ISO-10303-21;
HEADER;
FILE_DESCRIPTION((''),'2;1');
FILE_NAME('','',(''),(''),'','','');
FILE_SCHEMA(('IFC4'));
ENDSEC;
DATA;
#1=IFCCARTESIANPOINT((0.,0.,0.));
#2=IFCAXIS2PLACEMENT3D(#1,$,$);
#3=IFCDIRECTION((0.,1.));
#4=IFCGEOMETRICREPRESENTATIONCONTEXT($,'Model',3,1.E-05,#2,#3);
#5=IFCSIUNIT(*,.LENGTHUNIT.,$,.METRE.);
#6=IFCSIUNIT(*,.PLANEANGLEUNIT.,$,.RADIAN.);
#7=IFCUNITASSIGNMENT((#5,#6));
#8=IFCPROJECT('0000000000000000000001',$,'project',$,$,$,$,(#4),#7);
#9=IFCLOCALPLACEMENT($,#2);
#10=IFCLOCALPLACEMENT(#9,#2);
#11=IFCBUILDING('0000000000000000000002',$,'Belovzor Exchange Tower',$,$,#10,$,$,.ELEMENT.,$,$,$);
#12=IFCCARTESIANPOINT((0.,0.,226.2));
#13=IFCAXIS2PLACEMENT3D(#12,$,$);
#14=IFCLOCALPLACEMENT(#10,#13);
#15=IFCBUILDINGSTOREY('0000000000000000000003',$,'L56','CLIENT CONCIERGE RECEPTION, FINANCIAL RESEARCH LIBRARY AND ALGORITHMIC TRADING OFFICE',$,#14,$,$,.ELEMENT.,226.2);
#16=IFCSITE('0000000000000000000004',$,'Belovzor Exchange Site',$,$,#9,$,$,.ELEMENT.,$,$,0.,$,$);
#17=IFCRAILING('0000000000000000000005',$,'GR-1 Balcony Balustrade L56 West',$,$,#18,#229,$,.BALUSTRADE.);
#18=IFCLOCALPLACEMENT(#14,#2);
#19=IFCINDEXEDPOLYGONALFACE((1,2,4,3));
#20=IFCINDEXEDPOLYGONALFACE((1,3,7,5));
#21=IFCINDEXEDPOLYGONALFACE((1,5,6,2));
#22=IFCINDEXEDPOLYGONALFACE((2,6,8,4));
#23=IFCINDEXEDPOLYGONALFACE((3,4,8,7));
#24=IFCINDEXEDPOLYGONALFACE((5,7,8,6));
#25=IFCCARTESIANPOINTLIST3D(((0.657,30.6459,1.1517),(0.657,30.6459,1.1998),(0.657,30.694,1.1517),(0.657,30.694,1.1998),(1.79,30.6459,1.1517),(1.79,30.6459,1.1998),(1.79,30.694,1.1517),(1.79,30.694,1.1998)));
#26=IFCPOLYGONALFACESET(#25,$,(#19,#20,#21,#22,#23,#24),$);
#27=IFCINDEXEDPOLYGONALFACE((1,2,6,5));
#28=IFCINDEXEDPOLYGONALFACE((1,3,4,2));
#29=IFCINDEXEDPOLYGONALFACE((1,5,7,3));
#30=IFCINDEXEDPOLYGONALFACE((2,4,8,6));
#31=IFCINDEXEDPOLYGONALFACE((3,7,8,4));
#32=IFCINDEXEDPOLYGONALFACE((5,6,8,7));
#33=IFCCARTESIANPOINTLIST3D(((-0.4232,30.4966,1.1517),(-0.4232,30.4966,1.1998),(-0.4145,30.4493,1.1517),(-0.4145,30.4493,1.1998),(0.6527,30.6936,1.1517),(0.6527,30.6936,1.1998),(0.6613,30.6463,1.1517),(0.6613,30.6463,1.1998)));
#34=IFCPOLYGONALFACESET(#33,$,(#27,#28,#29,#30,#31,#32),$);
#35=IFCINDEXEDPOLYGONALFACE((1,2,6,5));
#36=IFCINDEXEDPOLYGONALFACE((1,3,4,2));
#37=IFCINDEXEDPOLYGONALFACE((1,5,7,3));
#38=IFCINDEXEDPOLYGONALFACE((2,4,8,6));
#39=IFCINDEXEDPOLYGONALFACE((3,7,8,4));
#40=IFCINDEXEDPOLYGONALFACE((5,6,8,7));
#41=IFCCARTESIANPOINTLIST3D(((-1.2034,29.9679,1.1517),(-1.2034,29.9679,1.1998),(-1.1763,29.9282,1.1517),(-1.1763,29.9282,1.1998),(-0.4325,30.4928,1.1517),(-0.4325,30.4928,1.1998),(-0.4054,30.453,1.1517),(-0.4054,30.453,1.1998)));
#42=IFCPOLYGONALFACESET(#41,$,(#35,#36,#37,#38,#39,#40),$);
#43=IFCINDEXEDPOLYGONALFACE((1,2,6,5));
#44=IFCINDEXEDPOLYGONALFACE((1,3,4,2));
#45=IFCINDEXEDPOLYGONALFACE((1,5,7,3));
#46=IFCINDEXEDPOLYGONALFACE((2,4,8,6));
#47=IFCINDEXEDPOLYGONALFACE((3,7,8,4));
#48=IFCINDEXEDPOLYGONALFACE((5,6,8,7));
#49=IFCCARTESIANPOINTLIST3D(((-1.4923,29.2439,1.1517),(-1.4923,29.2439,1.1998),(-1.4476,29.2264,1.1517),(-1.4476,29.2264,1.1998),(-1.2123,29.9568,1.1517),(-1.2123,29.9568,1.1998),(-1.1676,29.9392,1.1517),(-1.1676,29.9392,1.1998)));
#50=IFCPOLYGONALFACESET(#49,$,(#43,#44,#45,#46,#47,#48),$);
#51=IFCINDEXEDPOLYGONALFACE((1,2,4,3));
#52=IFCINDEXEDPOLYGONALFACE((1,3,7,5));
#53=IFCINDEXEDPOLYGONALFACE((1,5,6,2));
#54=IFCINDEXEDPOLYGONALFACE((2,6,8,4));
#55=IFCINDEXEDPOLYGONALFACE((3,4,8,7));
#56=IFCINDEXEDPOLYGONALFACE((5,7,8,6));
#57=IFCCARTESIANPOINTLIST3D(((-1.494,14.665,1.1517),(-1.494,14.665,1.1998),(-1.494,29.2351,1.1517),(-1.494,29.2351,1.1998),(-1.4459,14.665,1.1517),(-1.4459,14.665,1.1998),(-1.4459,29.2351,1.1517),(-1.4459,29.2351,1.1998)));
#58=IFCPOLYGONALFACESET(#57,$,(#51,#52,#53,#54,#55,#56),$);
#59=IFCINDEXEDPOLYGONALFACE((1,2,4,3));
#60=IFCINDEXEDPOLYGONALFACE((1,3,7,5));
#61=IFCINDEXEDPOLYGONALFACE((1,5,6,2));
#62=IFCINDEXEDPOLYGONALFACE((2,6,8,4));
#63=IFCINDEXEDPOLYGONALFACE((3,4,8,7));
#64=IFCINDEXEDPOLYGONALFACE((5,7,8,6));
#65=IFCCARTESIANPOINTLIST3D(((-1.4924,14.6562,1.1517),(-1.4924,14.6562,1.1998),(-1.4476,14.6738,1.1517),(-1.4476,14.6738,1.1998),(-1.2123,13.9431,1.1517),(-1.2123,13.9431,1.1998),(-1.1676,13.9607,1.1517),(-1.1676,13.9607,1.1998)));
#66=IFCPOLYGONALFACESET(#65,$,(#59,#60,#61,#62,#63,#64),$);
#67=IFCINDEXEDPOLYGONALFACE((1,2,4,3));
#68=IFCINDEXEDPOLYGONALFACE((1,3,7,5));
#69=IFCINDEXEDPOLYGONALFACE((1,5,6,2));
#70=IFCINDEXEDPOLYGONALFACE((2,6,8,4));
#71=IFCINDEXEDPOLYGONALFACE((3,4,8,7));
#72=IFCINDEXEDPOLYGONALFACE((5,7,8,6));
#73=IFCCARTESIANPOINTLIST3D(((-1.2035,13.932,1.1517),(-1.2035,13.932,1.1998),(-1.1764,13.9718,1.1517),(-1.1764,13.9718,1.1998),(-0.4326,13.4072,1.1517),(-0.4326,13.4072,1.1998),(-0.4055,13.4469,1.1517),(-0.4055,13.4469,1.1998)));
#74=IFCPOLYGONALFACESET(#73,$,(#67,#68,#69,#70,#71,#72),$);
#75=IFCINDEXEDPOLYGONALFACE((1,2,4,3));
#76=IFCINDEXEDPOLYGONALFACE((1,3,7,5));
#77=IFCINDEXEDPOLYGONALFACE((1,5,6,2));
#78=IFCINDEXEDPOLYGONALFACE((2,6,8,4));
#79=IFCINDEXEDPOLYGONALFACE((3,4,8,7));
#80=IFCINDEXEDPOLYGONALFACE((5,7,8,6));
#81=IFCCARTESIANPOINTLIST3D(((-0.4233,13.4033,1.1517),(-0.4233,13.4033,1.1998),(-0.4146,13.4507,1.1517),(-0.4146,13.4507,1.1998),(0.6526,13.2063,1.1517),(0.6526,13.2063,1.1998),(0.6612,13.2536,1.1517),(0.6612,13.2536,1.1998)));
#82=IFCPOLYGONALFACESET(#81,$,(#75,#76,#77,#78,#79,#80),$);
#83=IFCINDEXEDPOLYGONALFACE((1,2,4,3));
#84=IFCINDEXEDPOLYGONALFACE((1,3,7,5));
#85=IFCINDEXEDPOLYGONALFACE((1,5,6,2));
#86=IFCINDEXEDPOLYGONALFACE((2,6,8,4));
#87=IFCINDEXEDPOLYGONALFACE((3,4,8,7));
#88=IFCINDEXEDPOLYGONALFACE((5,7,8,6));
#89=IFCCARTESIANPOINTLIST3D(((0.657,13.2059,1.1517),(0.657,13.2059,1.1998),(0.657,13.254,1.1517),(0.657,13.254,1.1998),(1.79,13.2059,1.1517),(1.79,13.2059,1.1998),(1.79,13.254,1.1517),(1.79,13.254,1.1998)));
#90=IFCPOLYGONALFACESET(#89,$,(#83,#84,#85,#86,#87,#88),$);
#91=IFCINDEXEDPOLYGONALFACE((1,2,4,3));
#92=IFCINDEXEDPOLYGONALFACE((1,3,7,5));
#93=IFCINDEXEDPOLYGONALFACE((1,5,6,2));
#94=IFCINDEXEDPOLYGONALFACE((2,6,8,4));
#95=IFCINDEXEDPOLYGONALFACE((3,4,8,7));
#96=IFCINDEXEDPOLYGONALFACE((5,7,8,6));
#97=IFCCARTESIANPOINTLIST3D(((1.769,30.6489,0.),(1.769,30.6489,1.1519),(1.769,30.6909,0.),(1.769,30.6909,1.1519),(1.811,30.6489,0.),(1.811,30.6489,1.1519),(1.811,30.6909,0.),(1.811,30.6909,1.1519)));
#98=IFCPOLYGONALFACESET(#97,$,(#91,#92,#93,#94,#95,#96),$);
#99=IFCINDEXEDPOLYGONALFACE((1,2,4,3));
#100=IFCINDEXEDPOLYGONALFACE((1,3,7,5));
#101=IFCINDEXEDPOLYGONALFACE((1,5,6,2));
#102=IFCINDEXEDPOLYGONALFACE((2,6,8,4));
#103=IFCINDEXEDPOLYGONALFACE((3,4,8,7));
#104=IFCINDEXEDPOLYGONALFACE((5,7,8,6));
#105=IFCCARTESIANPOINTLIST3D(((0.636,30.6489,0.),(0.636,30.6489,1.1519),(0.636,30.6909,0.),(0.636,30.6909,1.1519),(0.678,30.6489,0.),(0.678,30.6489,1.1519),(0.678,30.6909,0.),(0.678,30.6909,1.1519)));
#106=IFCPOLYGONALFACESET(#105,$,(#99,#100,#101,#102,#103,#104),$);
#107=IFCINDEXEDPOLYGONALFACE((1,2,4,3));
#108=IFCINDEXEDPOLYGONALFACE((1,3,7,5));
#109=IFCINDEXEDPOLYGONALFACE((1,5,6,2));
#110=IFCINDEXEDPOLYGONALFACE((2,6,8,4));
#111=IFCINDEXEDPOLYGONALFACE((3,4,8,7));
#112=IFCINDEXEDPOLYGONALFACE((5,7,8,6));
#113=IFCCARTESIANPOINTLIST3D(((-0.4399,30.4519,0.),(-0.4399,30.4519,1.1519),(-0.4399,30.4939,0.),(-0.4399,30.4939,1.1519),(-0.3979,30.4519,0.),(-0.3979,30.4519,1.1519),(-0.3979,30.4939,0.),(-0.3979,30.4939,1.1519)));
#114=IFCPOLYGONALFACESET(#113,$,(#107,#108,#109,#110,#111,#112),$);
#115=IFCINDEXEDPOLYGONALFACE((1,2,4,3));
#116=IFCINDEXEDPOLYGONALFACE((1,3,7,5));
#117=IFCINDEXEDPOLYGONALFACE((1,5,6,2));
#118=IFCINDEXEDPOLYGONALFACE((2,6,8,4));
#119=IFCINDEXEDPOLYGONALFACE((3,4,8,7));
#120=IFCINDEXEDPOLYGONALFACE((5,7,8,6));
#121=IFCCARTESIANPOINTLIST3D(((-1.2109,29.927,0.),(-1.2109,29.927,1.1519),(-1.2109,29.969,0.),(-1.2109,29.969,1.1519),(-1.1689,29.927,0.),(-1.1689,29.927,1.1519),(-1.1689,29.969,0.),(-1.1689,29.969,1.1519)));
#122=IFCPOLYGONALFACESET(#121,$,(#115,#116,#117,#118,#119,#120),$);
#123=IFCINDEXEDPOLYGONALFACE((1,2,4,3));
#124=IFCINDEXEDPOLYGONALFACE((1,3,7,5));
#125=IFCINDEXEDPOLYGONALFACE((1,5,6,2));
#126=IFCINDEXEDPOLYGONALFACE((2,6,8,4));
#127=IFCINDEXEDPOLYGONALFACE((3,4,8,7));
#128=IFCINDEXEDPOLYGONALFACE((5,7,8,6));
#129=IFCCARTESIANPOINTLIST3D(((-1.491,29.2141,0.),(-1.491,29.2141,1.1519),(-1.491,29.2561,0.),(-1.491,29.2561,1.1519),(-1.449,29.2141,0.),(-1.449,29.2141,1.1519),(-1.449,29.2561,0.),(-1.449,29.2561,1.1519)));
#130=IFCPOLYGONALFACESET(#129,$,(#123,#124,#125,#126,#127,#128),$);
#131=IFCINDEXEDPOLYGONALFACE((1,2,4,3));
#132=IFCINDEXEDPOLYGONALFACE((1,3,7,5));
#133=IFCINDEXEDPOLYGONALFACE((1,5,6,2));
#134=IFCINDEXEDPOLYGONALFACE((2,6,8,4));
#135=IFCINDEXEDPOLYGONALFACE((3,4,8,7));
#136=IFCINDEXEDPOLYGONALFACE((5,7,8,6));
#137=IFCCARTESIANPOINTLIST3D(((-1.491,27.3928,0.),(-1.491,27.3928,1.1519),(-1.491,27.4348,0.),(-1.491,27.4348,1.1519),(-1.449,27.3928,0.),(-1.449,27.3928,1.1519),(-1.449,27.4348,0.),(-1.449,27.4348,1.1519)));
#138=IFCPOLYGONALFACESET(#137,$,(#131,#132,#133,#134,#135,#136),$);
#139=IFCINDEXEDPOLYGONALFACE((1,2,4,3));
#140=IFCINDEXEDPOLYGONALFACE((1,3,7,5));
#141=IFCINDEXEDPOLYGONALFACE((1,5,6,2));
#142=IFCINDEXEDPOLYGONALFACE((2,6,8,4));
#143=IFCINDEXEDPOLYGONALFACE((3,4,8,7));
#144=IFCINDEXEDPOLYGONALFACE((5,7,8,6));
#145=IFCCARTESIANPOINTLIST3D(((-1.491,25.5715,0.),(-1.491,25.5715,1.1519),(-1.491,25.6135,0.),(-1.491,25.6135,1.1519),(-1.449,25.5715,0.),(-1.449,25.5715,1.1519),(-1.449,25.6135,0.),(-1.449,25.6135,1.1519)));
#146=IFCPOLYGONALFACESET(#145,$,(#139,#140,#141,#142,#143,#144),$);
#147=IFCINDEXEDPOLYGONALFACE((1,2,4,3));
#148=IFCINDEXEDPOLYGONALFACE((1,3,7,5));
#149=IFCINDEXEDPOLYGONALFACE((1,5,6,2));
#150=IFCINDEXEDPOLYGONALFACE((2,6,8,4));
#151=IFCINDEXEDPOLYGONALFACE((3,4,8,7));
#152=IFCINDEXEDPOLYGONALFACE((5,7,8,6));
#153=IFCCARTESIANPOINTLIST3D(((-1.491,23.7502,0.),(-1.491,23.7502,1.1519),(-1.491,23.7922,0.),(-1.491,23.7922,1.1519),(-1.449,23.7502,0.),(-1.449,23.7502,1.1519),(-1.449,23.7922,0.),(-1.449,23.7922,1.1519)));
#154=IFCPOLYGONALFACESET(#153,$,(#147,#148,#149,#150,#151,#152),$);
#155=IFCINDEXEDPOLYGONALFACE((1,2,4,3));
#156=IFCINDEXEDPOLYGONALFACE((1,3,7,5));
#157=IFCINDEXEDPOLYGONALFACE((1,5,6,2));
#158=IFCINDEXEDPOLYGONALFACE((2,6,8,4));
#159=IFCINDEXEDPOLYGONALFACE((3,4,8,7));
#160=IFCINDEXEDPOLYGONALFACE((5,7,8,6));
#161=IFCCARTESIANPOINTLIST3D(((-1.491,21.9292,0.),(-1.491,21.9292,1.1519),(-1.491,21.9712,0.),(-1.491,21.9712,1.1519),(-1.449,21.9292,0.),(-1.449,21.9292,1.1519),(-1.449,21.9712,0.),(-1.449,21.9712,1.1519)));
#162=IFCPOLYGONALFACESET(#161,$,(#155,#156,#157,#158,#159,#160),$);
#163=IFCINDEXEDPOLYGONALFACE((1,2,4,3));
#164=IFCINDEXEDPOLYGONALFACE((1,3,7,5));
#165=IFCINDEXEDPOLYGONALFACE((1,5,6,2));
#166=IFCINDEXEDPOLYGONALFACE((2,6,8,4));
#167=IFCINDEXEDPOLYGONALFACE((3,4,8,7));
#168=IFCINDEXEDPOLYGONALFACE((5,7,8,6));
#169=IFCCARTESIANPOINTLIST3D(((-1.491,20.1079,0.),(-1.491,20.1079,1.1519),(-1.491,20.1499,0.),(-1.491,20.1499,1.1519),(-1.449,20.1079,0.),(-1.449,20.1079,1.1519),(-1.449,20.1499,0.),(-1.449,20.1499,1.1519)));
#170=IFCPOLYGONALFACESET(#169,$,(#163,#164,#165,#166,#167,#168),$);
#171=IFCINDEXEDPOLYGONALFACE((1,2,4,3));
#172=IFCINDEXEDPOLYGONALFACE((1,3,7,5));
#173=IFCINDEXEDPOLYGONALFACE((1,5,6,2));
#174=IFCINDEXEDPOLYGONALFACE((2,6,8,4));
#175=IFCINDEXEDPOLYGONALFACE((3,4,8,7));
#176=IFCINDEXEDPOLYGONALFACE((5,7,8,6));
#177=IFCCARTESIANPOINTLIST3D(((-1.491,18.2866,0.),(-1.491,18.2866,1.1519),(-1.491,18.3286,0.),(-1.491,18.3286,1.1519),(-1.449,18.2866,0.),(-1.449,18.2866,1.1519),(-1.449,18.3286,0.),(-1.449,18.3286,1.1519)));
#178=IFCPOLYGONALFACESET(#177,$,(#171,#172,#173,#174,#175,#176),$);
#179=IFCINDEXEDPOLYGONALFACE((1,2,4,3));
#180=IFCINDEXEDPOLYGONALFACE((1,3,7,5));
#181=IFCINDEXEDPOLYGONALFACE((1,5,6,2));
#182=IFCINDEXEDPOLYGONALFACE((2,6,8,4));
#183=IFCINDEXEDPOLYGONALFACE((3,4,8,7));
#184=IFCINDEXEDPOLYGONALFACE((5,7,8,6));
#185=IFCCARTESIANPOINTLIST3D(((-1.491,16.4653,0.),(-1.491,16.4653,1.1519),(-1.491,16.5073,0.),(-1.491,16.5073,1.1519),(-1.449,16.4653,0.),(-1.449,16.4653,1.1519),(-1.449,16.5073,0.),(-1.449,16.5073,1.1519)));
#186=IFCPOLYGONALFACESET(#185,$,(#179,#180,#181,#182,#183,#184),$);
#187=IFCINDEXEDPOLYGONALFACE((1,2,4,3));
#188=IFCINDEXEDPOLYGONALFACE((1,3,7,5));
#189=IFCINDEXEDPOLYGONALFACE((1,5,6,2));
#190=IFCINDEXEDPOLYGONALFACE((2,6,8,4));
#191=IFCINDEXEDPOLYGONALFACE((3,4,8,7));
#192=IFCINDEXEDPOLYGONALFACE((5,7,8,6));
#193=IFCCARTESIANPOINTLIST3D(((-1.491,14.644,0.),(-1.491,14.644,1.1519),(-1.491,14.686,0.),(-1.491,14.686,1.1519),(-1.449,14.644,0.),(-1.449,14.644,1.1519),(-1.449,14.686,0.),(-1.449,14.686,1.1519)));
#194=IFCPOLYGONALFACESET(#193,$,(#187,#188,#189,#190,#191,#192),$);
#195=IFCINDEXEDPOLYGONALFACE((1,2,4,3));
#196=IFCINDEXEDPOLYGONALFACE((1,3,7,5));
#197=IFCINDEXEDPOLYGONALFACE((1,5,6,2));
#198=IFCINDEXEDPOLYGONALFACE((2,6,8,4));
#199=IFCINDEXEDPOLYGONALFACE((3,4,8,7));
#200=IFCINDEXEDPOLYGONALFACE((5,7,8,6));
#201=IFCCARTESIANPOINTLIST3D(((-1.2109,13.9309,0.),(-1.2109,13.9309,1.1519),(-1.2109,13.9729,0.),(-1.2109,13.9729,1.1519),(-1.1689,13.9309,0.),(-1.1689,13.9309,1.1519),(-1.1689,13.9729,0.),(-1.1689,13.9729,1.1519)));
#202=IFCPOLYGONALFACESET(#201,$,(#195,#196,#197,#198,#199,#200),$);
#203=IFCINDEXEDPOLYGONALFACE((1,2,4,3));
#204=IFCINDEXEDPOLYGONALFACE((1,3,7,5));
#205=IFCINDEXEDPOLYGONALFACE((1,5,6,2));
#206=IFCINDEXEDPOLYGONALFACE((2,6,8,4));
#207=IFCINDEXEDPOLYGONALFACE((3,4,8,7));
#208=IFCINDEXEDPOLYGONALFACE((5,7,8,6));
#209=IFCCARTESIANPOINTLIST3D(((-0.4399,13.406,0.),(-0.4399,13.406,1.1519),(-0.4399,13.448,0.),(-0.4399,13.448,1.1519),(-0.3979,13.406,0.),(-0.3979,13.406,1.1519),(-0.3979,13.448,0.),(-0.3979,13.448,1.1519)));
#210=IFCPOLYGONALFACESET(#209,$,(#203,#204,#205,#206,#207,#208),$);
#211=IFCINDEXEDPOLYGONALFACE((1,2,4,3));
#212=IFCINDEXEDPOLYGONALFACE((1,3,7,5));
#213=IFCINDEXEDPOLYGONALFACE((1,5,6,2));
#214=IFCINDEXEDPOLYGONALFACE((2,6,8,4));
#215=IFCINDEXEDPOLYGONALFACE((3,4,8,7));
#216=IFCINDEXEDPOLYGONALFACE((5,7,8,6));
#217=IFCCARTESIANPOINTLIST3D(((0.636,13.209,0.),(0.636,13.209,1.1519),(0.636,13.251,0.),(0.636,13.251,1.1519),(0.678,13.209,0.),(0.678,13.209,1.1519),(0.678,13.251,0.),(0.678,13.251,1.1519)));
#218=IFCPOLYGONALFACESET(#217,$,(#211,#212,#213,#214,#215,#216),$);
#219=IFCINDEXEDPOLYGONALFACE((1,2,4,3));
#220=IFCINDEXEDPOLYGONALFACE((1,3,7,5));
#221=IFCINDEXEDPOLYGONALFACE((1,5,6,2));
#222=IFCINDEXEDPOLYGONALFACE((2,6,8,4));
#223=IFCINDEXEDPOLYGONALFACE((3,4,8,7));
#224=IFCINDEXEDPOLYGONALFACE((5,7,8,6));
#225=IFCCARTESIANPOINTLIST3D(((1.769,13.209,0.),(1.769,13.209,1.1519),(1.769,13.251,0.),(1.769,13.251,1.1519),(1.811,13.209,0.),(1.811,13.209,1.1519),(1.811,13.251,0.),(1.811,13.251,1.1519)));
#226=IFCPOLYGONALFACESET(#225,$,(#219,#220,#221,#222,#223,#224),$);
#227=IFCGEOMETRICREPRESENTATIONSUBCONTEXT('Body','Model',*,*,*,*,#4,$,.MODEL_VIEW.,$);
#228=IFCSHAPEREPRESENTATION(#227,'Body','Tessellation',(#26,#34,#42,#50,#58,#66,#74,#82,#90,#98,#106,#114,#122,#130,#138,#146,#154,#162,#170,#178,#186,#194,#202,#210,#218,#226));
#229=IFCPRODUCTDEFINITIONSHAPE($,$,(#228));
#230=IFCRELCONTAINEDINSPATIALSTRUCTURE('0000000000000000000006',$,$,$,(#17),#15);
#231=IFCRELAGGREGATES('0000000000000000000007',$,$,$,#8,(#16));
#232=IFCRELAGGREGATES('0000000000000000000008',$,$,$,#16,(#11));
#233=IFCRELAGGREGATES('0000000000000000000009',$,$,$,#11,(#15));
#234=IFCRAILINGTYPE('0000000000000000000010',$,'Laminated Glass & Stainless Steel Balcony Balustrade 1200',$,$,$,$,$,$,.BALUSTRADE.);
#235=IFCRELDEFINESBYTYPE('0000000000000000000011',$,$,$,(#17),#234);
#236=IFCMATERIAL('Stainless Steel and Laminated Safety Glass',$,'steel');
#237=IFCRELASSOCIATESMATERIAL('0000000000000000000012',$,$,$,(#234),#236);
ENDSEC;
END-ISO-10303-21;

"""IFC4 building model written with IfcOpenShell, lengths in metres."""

from ifc_helpers import new_model, si_unit, direction, frame, origin, origin_2d, place, context, subcontext, project, spatial, rectangle, extrude, material, type_object, element, save


model = new_model("IFC4")

# Units and contexts
model_context = context("Model", 3, precision=1e-05, world=origin(), true_north=direction((0.0, 1.0)))
body_context = subcontext(model_context, "Body", "Model", "MODEL_VIEW")
ifc_project = project(units=[si_unit("LENGTHUNIT", "METRE"), si_unit("PLANEANGLEUNIT", "RADIAN")], contexts=[model_context])

# Site, building, storey
site_placement = place(None, origin())
site = spatial("IfcSite", under=ifc_project, at=site_placement, Name="Belovzor Exchange Site", CompositionType="ELEMENT", RefElevation=0.0)
building_placement = place(site_placement, origin())
building = spatial("IfcBuilding", under=site, at=building_placement, Name="Belovzor Exchange Tower", CompositionType="ELEMENT")
storey_placement = place(building_placement, frame((0.0, 0.0, 226.2)))
storey = spatial("IfcBuildingStorey", under=building, at=storey_placement, Name="L56", Description="CLIENT CONCIERGE RECEPTION, FINANCIAL RESEARCH LIBRARY AND ALGORITHMIC TRADING OFFICE", CompositionType="ELEMENT", Elevation=226.2)

# Railing
ifc_material_1 = material(Name="Stainless Steel and Laminated Safety Glass", Category="steel")
railing_type = type_object("IfcRailingType", Name="Laminated Glass & Stainless Steel Balcony Balustrade 1200", PredefinedType="BALUSTRADE", material=ifc_material_1)
railing_placement = place(storey_placement, frame((1.79, 30.6699, 0.0)))
element("IfcRailing", 1, at=railing_placement, inside=storey, type_object=railing_type, Name="GR-1 Balcony Balustrade L56 West", PredefinedType="BALUSTRADE", context=body_context, shape_type="SweptSolid", body=[
    extrude(rectangle(XDim=0.0481, YDim=0.0481, at=origin_2d()), frame((0.0, 0.0, 1.1758), z_axis=(-1.0, 0.0, 0.0), x_axis=(0.0, -1.0, 0.0)), (0.0, 0.0, 1.0), 1.1331),
    extrude(rectangle(XDim=0.0481, YDim=0.0481, at=origin_2d()), frame((-1.1331, 0.0, 1.1758), z_axis=(-0.983644, -0.180123, 0.0), x_axis=(0.180123, -0.983644, 0.0)), (0.0, 0.0, 1.0), 1.0938),
    extrude(rectangle(XDim=0.0481, YDim=0.0481, at=origin_2d()), frame((-2.209, -0.197, 1.1758), z_axis=(-0.826615, -0.562768, 0.0), x_axis=(0.562768, -0.826615, 0.0)), (0.0, 0.0, 1.0), 0.9326),
    extrude(rectangle(XDim=0.0481, YDim=0.0481, at=origin_2d()), frame((-2.98, -0.7219, 1.1758), z_axis=(-0.365613, -0.930767, 0.0), x_axis=(0.930767, -0.365613, 0.0)), (0.0, 0.0, 1.0), 0.7659),
    extrude(rectangle(XDim=0.0481, YDim=0.0481, at=origin_2d()), frame((-3.26, -1.4348, 1.1758), z_axis=(0.0, -1.0, 0.0), x_axis=(1.0, 0.0, 0.0)), (0.0, 0.0, 1.0), 14.5701),
    extrude(rectangle(XDim=0.0481, YDim=0.0481, at=origin_2d()), frame((-3.26, -16.0049, 1.1758), z_axis=(0.365504, -0.93081, 0.0), x_axis=(0.93081, 0.365504, 0.0)), (0.0, 0.0, 1.0), 0.7661),
    extrude(rectangle(XDim=0.0481, YDim=0.0481, at=origin_2d()), frame((-2.98, -16.718, 1.1758), z_axis=(0.826615, -0.562768, 0.0), x_axis=(0.562768, 0.826615, 0.0)), (0.0, 0.0, 1.0), 0.9326),
    extrude(rectangle(XDim=0.0481, YDim=0.0481, at=origin_2d()), frame((-2.209, -17.2429, 1.1758), z_axis=(0.983644, -0.180123, 0.0), x_axis=(0.180123, 0.983644, 0.0)), (0.0, 0.0, 1.0), 1.0938),
    extrude(rectangle(XDim=0.0481, YDim=0.0481, at=origin_2d()), frame((-1.1331, -17.4399, 1.1758), z_axis=(1.0, 0.0, 0.0), x_axis=(0.0, 1.0, 0.0)), (0.0, 0.0, 1.0), 1.1331),
    extrude(rectangle(XDim=0.042, YDim=0.042, at=origin_2d()), origin(), (0.0, 0.0, 1.0), 1.1519),
    extrude(rectangle(XDim=0.042, YDim=0.042, at=origin_2d()), frame((-1.1331, 0.0, 0.0)), (0.0, 0.0, 1.0), 1.1519),
    extrude(rectangle(XDim=0.042, YDim=0.042, at=origin_2d()), frame((-2.209, -0.197, 0.0)), (0.0, 0.0, 1.0), 1.1519),
    extrude(rectangle(XDim=0.042, YDim=0.042, at=origin_2d()), frame((-2.98, -0.7219, 0.0)), (0.0, 0.0, 1.0), 1.1519),
    extrude(rectangle(XDim=0.042, YDim=0.042, at=origin_2d()), frame((-3.26, -1.4348, 0.0)), (0.0, 0.0, 1.0), 1.1519),
    extrude(rectangle(XDim=0.042, YDim=0.042, at=origin_2d()), frame((-3.26, -3.2561, 0.0)), (0.0, 0.0, 1.0), 1.1519),
    extrude(rectangle(XDim=0.042, YDim=0.042, at=origin_2d()), frame((-3.26, -5.0774, 0.0)), (0.0, 0.0, 1.0), 1.1519),
    extrude(rectangle(XDim=0.042, YDim=0.042, at=origin_2d()), frame((-3.26, -6.8987, 0.0)), (0.0, 0.0, 1.0), 1.1519),
    extrude(rectangle(XDim=0.042, YDim=0.042, at=origin_2d()), frame((-3.26, -8.7197, 0.0)), (0.0, 0.0, 1.0), 1.1519),
    extrude(rectangle(XDim=0.042, YDim=0.042, at=origin_2d()), frame((-3.26, -10.541, 0.0)), (0.0, 0.0, 1.0), 1.1519),
    extrude(rectangle(XDim=0.042, YDim=0.042, at=origin_2d()), frame((-3.26, -12.3623, 0.0)), (0.0, 0.0, 1.0), 1.1519),
    extrude(rectangle(XDim=0.042, YDim=0.042, at=origin_2d()), frame((-3.26, -14.1836, 0.0)), (0.0, 0.0, 1.0), 1.1519),
    extrude(rectangle(XDim=0.042, YDim=0.042, at=origin_2d()), frame((-3.26, -16.0049, 0.0)), (0.0, 0.0, 1.0), 1.1519),
    extrude(rectangle(XDim=0.042, YDim=0.042, at=origin_2d()), frame((-2.98, -16.718, 0.0)), (0.0, 0.0, 1.0), 1.1519),
    extrude(rectangle(XDim=0.042, YDim=0.042, at=origin_2d()), frame((-2.209, -17.2429, 0.0)), (0.0, 0.0, 1.0), 1.1519),
    extrude(rectangle(XDim=0.042, YDim=0.042, at=origin_2d()), frame((-1.1331, -17.4399, 0.0)), (0.0, 0.0, 1.0), 1.1519),
    extrude(rectangle(XDim=0.042, YDim=0.042, at=origin_2d()), frame((0.0, -17.4399, 0.0)), (0.0, 0.0, 1.0), 1.1519),
])

save(model, "model.ifc")
